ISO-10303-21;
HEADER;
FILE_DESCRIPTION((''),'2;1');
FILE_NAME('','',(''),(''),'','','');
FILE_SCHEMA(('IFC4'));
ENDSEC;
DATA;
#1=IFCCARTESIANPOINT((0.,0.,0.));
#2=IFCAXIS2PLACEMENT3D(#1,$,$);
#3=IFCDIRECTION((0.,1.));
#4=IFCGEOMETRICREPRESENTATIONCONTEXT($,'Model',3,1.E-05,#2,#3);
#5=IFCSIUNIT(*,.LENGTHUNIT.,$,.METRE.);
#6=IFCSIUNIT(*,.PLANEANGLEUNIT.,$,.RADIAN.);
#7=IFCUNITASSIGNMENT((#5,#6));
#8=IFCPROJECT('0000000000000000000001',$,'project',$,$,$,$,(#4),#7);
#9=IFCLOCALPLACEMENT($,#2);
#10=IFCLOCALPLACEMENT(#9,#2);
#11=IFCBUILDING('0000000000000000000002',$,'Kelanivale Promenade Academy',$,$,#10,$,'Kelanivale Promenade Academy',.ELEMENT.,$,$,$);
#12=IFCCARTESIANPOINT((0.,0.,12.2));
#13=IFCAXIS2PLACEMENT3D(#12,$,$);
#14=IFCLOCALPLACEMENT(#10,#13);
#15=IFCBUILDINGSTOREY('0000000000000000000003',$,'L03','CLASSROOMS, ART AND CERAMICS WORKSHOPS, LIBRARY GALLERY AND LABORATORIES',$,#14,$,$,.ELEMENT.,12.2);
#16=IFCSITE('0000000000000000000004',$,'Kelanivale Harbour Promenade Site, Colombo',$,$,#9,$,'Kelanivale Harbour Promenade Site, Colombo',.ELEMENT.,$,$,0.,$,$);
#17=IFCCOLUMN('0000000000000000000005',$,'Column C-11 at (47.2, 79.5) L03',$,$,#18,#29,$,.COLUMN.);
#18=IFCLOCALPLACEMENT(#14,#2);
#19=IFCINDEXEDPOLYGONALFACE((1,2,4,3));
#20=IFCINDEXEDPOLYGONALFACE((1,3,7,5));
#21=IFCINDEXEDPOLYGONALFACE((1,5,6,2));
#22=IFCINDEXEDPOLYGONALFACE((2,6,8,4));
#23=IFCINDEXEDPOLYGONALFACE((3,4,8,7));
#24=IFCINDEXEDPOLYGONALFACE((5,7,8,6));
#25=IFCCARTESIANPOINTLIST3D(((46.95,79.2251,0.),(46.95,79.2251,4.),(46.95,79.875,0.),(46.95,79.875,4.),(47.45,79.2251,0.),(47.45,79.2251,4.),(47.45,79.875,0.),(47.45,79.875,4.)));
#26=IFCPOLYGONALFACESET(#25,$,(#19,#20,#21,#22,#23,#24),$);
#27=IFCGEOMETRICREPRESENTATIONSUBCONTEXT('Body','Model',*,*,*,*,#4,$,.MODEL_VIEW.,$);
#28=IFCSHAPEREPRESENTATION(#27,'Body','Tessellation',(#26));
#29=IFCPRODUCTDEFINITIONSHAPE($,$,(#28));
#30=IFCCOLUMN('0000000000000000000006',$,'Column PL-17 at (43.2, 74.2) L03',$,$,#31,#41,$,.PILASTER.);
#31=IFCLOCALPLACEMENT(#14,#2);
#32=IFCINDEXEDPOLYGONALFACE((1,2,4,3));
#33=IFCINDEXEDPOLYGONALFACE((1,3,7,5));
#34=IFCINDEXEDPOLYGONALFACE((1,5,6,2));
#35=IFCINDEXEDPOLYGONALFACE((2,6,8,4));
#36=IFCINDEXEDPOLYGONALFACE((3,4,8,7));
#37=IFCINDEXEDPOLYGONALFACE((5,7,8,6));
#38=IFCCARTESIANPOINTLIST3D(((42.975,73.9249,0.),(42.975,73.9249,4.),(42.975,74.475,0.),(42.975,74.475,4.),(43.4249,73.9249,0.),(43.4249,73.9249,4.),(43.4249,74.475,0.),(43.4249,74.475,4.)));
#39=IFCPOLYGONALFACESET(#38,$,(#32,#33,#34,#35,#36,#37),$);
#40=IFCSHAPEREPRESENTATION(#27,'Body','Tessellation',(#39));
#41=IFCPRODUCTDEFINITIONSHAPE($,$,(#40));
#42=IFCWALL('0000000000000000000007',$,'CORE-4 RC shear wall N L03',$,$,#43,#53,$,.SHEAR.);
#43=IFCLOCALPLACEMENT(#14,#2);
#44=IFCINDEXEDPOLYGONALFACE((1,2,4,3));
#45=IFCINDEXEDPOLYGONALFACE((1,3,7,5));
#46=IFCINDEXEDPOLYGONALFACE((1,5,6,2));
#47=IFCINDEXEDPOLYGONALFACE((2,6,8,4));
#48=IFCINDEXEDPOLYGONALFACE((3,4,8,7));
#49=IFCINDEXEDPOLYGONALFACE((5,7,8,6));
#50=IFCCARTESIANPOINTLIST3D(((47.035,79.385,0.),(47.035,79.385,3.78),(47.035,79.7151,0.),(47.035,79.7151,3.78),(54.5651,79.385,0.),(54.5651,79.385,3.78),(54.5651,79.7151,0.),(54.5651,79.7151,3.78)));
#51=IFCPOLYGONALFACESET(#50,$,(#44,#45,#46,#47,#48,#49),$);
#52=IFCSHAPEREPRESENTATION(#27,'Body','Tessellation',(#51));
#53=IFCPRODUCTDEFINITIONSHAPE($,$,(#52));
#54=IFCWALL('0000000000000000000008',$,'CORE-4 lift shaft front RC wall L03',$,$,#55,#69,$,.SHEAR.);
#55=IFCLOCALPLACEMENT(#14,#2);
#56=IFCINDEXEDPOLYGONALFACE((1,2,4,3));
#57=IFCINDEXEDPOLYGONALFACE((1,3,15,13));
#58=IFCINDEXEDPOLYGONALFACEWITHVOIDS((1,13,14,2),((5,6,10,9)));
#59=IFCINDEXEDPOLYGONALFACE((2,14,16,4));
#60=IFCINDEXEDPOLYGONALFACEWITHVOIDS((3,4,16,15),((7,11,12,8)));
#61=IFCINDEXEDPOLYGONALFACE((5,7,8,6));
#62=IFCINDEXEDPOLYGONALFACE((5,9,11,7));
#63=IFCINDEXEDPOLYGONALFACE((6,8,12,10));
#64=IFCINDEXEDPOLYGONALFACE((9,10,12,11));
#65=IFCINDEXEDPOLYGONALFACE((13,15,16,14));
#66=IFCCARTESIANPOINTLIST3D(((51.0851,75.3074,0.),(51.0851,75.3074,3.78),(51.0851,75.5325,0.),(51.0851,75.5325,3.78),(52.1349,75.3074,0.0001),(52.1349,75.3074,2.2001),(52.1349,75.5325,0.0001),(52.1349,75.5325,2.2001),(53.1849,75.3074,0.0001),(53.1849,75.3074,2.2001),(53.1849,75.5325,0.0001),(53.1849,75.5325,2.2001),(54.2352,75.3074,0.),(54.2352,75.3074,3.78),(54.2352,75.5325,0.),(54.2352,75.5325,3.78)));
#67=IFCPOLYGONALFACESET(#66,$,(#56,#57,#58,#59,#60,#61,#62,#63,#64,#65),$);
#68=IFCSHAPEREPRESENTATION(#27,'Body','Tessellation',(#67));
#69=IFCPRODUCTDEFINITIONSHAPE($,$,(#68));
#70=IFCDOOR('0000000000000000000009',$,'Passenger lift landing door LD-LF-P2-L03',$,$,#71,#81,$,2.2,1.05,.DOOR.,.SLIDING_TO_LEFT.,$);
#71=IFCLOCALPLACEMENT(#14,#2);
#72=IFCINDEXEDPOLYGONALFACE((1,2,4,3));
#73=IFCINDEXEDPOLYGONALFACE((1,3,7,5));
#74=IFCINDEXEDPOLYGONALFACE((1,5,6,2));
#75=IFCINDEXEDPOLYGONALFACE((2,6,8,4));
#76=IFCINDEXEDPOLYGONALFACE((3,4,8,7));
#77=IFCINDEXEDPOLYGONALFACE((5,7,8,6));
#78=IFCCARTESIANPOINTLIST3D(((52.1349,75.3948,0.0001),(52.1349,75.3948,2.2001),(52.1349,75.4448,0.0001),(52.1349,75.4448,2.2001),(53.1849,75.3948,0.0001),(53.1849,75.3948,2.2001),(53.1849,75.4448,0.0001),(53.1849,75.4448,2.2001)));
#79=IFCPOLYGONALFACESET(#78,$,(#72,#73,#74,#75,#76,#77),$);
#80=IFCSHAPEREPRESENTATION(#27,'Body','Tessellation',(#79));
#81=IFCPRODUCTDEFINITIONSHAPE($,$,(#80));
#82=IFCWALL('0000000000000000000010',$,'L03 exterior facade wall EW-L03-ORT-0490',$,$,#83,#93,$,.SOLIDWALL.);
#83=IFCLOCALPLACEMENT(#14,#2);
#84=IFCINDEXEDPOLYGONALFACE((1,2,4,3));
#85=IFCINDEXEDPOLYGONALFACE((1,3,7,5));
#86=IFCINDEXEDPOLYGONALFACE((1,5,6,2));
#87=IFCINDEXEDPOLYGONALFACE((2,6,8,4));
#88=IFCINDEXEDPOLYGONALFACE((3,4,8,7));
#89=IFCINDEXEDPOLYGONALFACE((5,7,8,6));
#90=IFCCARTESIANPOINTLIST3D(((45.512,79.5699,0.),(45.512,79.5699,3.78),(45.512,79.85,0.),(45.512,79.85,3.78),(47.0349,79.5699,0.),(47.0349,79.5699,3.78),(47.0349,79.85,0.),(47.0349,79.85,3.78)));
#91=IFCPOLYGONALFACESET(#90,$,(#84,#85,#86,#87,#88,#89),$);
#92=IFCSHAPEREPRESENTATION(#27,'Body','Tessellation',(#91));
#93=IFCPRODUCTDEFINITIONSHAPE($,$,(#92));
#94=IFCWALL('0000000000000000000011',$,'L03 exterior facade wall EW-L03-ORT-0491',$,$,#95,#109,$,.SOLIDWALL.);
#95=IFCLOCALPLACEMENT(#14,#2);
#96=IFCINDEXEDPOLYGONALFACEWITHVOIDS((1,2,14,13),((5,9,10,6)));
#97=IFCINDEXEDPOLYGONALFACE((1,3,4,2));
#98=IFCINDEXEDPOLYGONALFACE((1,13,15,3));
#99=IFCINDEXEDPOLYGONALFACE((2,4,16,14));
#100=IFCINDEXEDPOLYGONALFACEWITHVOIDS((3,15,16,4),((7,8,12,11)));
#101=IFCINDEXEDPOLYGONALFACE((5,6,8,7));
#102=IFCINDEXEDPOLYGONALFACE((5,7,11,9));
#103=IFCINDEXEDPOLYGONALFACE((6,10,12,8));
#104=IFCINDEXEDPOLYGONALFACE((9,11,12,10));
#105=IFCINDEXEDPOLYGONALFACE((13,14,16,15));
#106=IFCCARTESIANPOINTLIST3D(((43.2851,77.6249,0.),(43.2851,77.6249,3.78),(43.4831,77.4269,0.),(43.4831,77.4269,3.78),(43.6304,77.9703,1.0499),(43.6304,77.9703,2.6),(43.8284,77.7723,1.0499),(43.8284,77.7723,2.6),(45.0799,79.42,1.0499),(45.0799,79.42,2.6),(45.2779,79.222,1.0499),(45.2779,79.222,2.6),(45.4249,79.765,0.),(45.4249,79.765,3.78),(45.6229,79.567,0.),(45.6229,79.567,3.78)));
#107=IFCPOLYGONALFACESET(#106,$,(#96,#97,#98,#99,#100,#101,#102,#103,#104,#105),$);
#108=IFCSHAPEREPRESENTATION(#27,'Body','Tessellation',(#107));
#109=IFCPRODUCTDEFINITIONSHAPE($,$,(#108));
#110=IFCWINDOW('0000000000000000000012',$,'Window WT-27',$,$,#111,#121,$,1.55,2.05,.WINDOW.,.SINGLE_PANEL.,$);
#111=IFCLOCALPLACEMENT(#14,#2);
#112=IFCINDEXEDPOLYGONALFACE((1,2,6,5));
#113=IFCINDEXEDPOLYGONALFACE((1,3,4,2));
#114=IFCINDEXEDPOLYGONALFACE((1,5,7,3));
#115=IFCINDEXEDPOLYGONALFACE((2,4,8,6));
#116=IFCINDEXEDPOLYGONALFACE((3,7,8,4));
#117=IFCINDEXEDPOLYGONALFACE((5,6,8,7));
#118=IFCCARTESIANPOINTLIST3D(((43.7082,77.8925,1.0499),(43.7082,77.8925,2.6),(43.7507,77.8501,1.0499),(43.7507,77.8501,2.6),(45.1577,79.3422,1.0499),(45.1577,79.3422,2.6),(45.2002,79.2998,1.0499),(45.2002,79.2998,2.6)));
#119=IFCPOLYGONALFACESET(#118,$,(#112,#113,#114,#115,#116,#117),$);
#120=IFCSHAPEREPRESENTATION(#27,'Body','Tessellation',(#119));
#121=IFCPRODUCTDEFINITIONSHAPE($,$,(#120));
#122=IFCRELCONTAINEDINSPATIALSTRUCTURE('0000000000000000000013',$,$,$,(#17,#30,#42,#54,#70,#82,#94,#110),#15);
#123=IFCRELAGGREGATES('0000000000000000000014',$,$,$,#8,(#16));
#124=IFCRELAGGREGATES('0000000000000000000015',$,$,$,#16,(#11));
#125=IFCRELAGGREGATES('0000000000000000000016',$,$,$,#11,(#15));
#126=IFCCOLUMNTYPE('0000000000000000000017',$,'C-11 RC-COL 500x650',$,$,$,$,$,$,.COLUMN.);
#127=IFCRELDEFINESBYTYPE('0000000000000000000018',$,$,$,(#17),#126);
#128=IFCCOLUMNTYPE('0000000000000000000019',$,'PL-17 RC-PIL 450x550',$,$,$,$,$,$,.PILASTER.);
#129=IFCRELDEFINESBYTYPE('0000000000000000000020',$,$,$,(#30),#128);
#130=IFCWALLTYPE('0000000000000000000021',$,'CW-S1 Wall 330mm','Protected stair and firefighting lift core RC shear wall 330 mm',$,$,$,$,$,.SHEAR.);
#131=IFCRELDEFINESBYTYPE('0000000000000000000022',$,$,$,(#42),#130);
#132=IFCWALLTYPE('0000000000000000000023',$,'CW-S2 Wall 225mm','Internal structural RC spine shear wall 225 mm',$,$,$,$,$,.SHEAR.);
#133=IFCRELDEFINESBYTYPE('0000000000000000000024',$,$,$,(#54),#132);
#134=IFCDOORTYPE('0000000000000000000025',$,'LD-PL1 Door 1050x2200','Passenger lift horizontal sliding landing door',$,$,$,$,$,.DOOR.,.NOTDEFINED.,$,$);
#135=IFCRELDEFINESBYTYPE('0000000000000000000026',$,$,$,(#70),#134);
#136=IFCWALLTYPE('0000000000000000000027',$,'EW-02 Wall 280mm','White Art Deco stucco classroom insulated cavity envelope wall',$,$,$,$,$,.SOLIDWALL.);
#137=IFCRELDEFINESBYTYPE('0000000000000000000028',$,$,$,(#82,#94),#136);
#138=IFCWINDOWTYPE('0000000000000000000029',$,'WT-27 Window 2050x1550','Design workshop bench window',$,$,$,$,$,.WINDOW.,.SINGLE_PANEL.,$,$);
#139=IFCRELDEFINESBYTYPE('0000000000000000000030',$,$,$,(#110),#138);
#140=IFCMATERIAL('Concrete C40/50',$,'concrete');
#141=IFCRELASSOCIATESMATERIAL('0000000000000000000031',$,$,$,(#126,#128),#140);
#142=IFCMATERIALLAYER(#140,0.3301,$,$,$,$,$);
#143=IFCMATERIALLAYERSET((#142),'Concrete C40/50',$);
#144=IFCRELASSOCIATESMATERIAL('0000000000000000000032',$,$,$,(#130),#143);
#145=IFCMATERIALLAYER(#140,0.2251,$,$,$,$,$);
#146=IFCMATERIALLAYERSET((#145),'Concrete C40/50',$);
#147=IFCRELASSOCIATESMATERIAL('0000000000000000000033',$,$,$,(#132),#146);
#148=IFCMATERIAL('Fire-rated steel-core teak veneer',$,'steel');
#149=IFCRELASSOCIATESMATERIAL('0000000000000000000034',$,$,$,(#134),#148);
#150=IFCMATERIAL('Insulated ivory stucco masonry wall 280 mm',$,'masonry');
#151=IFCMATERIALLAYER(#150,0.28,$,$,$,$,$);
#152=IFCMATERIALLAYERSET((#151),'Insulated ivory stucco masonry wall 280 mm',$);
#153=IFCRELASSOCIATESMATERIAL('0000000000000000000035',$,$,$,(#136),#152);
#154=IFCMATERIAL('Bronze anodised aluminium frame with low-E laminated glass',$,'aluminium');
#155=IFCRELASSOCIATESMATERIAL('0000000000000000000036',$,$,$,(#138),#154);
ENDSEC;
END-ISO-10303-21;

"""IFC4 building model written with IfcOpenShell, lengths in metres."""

from ifc_helpers import new_model, si_unit, direction, frame, frame_2d, origin, origin_2d, place, context, subcontext, project, spatial, rectangle, extrude, material, layer, layer_set, material_profile, profile_set, type_object, element, fill, save


model = new_model("IFC4")

# Units and contexts
model_context = context("Model", 3, precision=1e-05, world=origin(), true_north=direction((0.0, 1.0)))
body_context = subcontext(model_context, "Body", "Model", "MODEL_VIEW")
ifc_project = project(units=[si_unit("LENGTHUNIT", "METRE"), si_unit("PLANEANGLEUNIT", "RADIAN")], contexts=[model_context])

# Site, building, storey
site_placement = place(None, origin())
site = spatial("IfcSite", under=ifc_project, at=site_placement, Name="Kelanivale Harbour Promenade Site, Colombo", LongName="Kelanivale Harbour Promenade Site, Colombo", CompositionType="ELEMENT", RefElevation=0.0)
building_placement = place(site_placement, origin())
building = spatial("IfcBuilding", under=site, at=building_placement, Name="Kelanivale Promenade Academy", LongName="Kelanivale Promenade Academy", CompositionType="ELEMENT")
storey_placement = place(building_placement, frame((0.0, 0.0, 12.2)))
storey = spatial("IfcBuildingStorey", under=building, at=storey_placement, Name="L03", Description="CLASSROOMS, ART AND CERAMICS WORKSHOPS, LIBRARY GALLERY AND LABORATORIES", CompositionType="ELEMENT", Elevation=12.2)

# Columns
ifc_material_1 = material(Name="Concrete C40/50", Category="concrete")
ifc_material_profile_1 = material_profile(ifc_material_1, rectangle(XDim=0.5, YDim=0.6499, at=origin_2d()), Name="RC-COL 500x650")
ifc_profile_set_1 = profile_set([ifc_material_profile_1], Name="Concrete C40/50")
column_type_1 = type_object("IfcColumnType", Name="C-11 RC-COL 500x650", PredefinedType="COLUMN", material=ifc_profile_set_1)
column_1_placement = place(storey_placement, frame((47.2, 79.55, 0.0), z_axis=(0.0, 0.0, 1.0), x_axis=(1.0, 0.0, 0.0)))
element("IfcColumn", 1, at=column_1_placement, inside=storey, type_object=column_type_1, Name="Column C-11 at (47.2, 79.5) L03", PredefinedType="COLUMN", context=body_context, shape_type="SweptSolid", body=[
    extrude(rectangle(XDim=0.5, YDim=0.6499, at=origin_2d()), origin(), (0.0, 0.0, 1.0), 4.0),
])
ifc_material_profile_2 = material_profile(ifc_material_1, rectangle(XDim=0.45, YDim=0.55, at=origin_2d()), Name="RC-PIL 450x550")
ifc_profile_set_2 = profile_set([ifc_material_profile_2], Name="Concrete C40/50")
column_type_2 = type_object("IfcColumnType", Name="PL-17 RC-PIL 450x550", PredefinedType="PILASTER", material=ifc_profile_set_2)
column_2_placement = place(storey_placement, frame((43.2, 74.2, 0.0), z_axis=(0.0, 0.0, 1.0), x_axis=(1.0, 0.0, 0.0)))
element("IfcColumn", 2, at=column_2_placement, inside=storey, type_object=column_type_2, Name="Column PL-17 at (43.2, 74.2) L03", PredefinedType="PILASTER", context=body_context, shape_type="SweptSolid", body=[
    extrude(rectangle(XDim=0.45, YDim=0.55, at=origin_2d()), origin(), (0.0, 0.0, 1.0), 4.0),
])

# Wall
ifc_layer_1 = layer(ifc_material_1, 0.3301)
ifc_layer_set_1 = layer_set([ifc_layer_1], Name="Concrete C40/50")
wall_type_1 = type_object("IfcWallType", Name="CW-S1 Wall 330mm", Description="Protected stair and firefighting lift core RC shear wall 330 mm", PredefinedType="SHEAR", material=ifc_layer_set_1)
wall_1_placement = place(storey_placement, frame((47.0349, 79.55, 0.0), z_axis=(0.0, 0.0, 1.0), x_axis=(1.0, 0.0, 0.0)))
element("IfcWall", 3, at=wall_1_placement, inside=storey, type_object=wall_type_1, Name="CORE-4 RC shear wall N L03", PredefinedType="SHEAR", context=body_context, shape_type="SweptSolid", body=[
    extrude(rectangle(XDim=7.53, YDim=0.3301, at=frame_2d((3.7651, 0.0))), origin(), (0.0, 0.0, 1.0), 3.78),
])

# Wall, opening, door
ifc_layer_2 = layer(ifc_material_1, 0.2251)
ifc_layer_set_2 = layer_set([ifc_layer_2], Name="Concrete C40/50")
wall_type_2 = type_object("IfcWallType", Name="CW-S2 Wall 225mm", Description="Internal structural RC spine shear wall 225 mm", PredefinedType="SHEAR", material=ifc_layer_set_2)
wall_2_placement = place(storey_placement, frame((51.085, 75.4199, 0.0), z_axis=(0.0, 0.0, 1.0), x_axis=(1.0, 0.0, 0.0)))
wall_2 = element("IfcWall", 4, at=wall_2_placement, inside=storey, type_object=wall_type_2, Name="CORE-4 lift shaft front RC wall L03", PredefinedType="SHEAR", context=body_context, shape_type="SweptSolid", body=[
    extrude(rectangle(XDim=3.1501, YDim=0.2251, at=frame_2d((1.5752, 0.0))), origin(), (0.0, 0.0, 1.0), 3.78),
])
opening_1_placement = place(wall_2_placement, frame((1.05, 0.0, 0.0)))
opening_1 = element("IfcOpeningElement", 5, at=opening_1_placement, cuts=wall_2, PredefinedType="OPENING", context=body_context, shape_type="SweptSolid", body=[
    extrude(rectangle(XDim=1.05, YDim=2.2, at=frame_2d((0.5249, 1.1001))), frame((0.0, 0.1226, 0.0), z_axis=(0.0, -1.0, 0.0), x_axis=(1.0, 0.0, 0.0)), (0.0, 0.0, 1.0), 0.2451),
])
ifc_material_2 = material(Name="Fire-rated steel-core teak veneer", Category="steel")
door_type = type_object("IfcDoorType", Name="LD-PL1 Door 1050x2200", Description="Passenger lift horizontal sliding landing door", OperationType="NOTDEFINED", PredefinedType="DOOR", material=ifc_material_2)
door_placement = place(opening_1_placement, origin())
door = element("IfcDoor", 6, at=door_placement, inside=storey, type_object=door_type, Name="Passenger lift landing door LD-LF-P2-L03", OperationType="SLIDING_TO_LEFT", OverallHeight=2.2, OverallWidth=1.05, PredefinedType="DOOR", context=body_context, shape_type="SweptSolid", body=[
    extrude(rectangle(XDim=1.05, YDim=2.2, at=frame_2d((0.5249, 1.1001))), frame((0.0, 0.0249, 0.0), z_axis=(0.0, -1.0, 0.0), x_axis=(1.0, 0.0, 0.0)), (0.0, 0.0, 1.0), 0.05),
])
fill(opening_1, door)

# Wall
ifc_material_3 = material(Name="Insulated ivory stucco masonry wall 280 mm", Category="masonry")
ifc_layer_3 = layer(ifc_material_3, 0.28)
ifc_layer_set_3 = layer_set([ifc_layer_3], Name="Insulated ivory stucco masonry wall 280 mm")
wall_type_3 = type_object("IfcWallType", Name="EW-02 Wall 280mm", Description="White Art Deco stucco classroom insulated cavity envelope wall", PredefinedType="SOLIDWALL", material=ifc_layer_set_3)
wall_3_placement = place(storey_placement, frame((47.0349, 79.71, 0.0), z_axis=(0.0, 0.0, 1.0), x_axis=(-1.0, 0.0, 0.0)))
element("IfcWall", 7, at=wall_3_placement, inside=storey, type_object=wall_type_3, Name="L03 exterior facade wall EW-L03-ORT-0490", PredefinedType="SOLIDWALL", context=body_context, shape_type="SweptSolid", body=[
    extrude(rectangle(XDim=1.5229, YDim=0.28, at=frame_2d((0.7615, 0.0))), origin(), (0.0, 0.0, 1.0), 3.78),
])

# Wall, opening, window
wall_4_placement = place(storey_placement, frame((45.5239, 79.666, 0.0), z_axis=(0.0, 0.0, 1.0), x_axis=(-0.707066, -0.707147, 0.0)))
wall_4 = element("IfcWall", 8, at=wall_4_placement, inside=storey, type_object=wall_type_3, Name="L03 exterior facade wall EW-L03-ORT-0491", PredefinedType="SOLIDWALL", context=body_context, shape_type="SweptSolid", body=[
    extrude(rectangle(XDim=3.0264, YDim=0.28, at=frame_2d((1.5132, 0.0))), origin(), (0.0, 0.0, 1.0), 3.78),
])
opening_2_placement = place(wall_4_placement, frame((0.488, 0.0, 1.05)))
opening_2 = element("IfcOpeningElement", 9, at=opening_2_placement, cuts=wall_4, PredefinedType="OPENING", context=body_context, shape_type="SweptSolid", body=[
    extrude(rectangle(XDim=2.05, YDim=1.55, at=frame_2d((1.0249, 0.7749))), frame((0.0, 0.1499, 0.0), z_axis=(0.0, -1.0, 0.0), x_axis=(1.0, 0.0, 0.0)), (0.0, 0.0, 1.0), 0.3),
])
ifc_material_4 = material(Name="Bronze anodised aluminium frame with low-E laminated glass", Category="aluminium")
window_type_1 = type_object("IfcWindowType", Name="WT-27 Window 2050x1550", Description="Design workshop bench window", PartitioningType="SINGLE_PANEL", PredefinedType="WINDOW", material=ifc_material_4)
window_1_placement = place(opening_2_placement, origin())
window_1 = element("IfcWindow", 10, at=window_1_placement, inside=storey, type_object=window_type_1, Name="Window WT-27", OverallHeight=1.55, OverallWidth=2.05, PartitioningType="SINGLE_PANEL", PredefinedType="WINDOW", context=body_context, shape_type="SweptSolid", body=[
    extrude(rectangle(XDim=2.05, YDim=1.55, at=frame_2d((1.0249, 0.7749))), frame((0.0, 0.03, 0.0), z_axis=(0.0, -1.0, 0.0), x_axis=(1.0, 0.0, 0.0)), (0.0, 0.0, 1.0), 0.0601),
])
fill(opening_2, window_1)

save(model, "model.ifc")
